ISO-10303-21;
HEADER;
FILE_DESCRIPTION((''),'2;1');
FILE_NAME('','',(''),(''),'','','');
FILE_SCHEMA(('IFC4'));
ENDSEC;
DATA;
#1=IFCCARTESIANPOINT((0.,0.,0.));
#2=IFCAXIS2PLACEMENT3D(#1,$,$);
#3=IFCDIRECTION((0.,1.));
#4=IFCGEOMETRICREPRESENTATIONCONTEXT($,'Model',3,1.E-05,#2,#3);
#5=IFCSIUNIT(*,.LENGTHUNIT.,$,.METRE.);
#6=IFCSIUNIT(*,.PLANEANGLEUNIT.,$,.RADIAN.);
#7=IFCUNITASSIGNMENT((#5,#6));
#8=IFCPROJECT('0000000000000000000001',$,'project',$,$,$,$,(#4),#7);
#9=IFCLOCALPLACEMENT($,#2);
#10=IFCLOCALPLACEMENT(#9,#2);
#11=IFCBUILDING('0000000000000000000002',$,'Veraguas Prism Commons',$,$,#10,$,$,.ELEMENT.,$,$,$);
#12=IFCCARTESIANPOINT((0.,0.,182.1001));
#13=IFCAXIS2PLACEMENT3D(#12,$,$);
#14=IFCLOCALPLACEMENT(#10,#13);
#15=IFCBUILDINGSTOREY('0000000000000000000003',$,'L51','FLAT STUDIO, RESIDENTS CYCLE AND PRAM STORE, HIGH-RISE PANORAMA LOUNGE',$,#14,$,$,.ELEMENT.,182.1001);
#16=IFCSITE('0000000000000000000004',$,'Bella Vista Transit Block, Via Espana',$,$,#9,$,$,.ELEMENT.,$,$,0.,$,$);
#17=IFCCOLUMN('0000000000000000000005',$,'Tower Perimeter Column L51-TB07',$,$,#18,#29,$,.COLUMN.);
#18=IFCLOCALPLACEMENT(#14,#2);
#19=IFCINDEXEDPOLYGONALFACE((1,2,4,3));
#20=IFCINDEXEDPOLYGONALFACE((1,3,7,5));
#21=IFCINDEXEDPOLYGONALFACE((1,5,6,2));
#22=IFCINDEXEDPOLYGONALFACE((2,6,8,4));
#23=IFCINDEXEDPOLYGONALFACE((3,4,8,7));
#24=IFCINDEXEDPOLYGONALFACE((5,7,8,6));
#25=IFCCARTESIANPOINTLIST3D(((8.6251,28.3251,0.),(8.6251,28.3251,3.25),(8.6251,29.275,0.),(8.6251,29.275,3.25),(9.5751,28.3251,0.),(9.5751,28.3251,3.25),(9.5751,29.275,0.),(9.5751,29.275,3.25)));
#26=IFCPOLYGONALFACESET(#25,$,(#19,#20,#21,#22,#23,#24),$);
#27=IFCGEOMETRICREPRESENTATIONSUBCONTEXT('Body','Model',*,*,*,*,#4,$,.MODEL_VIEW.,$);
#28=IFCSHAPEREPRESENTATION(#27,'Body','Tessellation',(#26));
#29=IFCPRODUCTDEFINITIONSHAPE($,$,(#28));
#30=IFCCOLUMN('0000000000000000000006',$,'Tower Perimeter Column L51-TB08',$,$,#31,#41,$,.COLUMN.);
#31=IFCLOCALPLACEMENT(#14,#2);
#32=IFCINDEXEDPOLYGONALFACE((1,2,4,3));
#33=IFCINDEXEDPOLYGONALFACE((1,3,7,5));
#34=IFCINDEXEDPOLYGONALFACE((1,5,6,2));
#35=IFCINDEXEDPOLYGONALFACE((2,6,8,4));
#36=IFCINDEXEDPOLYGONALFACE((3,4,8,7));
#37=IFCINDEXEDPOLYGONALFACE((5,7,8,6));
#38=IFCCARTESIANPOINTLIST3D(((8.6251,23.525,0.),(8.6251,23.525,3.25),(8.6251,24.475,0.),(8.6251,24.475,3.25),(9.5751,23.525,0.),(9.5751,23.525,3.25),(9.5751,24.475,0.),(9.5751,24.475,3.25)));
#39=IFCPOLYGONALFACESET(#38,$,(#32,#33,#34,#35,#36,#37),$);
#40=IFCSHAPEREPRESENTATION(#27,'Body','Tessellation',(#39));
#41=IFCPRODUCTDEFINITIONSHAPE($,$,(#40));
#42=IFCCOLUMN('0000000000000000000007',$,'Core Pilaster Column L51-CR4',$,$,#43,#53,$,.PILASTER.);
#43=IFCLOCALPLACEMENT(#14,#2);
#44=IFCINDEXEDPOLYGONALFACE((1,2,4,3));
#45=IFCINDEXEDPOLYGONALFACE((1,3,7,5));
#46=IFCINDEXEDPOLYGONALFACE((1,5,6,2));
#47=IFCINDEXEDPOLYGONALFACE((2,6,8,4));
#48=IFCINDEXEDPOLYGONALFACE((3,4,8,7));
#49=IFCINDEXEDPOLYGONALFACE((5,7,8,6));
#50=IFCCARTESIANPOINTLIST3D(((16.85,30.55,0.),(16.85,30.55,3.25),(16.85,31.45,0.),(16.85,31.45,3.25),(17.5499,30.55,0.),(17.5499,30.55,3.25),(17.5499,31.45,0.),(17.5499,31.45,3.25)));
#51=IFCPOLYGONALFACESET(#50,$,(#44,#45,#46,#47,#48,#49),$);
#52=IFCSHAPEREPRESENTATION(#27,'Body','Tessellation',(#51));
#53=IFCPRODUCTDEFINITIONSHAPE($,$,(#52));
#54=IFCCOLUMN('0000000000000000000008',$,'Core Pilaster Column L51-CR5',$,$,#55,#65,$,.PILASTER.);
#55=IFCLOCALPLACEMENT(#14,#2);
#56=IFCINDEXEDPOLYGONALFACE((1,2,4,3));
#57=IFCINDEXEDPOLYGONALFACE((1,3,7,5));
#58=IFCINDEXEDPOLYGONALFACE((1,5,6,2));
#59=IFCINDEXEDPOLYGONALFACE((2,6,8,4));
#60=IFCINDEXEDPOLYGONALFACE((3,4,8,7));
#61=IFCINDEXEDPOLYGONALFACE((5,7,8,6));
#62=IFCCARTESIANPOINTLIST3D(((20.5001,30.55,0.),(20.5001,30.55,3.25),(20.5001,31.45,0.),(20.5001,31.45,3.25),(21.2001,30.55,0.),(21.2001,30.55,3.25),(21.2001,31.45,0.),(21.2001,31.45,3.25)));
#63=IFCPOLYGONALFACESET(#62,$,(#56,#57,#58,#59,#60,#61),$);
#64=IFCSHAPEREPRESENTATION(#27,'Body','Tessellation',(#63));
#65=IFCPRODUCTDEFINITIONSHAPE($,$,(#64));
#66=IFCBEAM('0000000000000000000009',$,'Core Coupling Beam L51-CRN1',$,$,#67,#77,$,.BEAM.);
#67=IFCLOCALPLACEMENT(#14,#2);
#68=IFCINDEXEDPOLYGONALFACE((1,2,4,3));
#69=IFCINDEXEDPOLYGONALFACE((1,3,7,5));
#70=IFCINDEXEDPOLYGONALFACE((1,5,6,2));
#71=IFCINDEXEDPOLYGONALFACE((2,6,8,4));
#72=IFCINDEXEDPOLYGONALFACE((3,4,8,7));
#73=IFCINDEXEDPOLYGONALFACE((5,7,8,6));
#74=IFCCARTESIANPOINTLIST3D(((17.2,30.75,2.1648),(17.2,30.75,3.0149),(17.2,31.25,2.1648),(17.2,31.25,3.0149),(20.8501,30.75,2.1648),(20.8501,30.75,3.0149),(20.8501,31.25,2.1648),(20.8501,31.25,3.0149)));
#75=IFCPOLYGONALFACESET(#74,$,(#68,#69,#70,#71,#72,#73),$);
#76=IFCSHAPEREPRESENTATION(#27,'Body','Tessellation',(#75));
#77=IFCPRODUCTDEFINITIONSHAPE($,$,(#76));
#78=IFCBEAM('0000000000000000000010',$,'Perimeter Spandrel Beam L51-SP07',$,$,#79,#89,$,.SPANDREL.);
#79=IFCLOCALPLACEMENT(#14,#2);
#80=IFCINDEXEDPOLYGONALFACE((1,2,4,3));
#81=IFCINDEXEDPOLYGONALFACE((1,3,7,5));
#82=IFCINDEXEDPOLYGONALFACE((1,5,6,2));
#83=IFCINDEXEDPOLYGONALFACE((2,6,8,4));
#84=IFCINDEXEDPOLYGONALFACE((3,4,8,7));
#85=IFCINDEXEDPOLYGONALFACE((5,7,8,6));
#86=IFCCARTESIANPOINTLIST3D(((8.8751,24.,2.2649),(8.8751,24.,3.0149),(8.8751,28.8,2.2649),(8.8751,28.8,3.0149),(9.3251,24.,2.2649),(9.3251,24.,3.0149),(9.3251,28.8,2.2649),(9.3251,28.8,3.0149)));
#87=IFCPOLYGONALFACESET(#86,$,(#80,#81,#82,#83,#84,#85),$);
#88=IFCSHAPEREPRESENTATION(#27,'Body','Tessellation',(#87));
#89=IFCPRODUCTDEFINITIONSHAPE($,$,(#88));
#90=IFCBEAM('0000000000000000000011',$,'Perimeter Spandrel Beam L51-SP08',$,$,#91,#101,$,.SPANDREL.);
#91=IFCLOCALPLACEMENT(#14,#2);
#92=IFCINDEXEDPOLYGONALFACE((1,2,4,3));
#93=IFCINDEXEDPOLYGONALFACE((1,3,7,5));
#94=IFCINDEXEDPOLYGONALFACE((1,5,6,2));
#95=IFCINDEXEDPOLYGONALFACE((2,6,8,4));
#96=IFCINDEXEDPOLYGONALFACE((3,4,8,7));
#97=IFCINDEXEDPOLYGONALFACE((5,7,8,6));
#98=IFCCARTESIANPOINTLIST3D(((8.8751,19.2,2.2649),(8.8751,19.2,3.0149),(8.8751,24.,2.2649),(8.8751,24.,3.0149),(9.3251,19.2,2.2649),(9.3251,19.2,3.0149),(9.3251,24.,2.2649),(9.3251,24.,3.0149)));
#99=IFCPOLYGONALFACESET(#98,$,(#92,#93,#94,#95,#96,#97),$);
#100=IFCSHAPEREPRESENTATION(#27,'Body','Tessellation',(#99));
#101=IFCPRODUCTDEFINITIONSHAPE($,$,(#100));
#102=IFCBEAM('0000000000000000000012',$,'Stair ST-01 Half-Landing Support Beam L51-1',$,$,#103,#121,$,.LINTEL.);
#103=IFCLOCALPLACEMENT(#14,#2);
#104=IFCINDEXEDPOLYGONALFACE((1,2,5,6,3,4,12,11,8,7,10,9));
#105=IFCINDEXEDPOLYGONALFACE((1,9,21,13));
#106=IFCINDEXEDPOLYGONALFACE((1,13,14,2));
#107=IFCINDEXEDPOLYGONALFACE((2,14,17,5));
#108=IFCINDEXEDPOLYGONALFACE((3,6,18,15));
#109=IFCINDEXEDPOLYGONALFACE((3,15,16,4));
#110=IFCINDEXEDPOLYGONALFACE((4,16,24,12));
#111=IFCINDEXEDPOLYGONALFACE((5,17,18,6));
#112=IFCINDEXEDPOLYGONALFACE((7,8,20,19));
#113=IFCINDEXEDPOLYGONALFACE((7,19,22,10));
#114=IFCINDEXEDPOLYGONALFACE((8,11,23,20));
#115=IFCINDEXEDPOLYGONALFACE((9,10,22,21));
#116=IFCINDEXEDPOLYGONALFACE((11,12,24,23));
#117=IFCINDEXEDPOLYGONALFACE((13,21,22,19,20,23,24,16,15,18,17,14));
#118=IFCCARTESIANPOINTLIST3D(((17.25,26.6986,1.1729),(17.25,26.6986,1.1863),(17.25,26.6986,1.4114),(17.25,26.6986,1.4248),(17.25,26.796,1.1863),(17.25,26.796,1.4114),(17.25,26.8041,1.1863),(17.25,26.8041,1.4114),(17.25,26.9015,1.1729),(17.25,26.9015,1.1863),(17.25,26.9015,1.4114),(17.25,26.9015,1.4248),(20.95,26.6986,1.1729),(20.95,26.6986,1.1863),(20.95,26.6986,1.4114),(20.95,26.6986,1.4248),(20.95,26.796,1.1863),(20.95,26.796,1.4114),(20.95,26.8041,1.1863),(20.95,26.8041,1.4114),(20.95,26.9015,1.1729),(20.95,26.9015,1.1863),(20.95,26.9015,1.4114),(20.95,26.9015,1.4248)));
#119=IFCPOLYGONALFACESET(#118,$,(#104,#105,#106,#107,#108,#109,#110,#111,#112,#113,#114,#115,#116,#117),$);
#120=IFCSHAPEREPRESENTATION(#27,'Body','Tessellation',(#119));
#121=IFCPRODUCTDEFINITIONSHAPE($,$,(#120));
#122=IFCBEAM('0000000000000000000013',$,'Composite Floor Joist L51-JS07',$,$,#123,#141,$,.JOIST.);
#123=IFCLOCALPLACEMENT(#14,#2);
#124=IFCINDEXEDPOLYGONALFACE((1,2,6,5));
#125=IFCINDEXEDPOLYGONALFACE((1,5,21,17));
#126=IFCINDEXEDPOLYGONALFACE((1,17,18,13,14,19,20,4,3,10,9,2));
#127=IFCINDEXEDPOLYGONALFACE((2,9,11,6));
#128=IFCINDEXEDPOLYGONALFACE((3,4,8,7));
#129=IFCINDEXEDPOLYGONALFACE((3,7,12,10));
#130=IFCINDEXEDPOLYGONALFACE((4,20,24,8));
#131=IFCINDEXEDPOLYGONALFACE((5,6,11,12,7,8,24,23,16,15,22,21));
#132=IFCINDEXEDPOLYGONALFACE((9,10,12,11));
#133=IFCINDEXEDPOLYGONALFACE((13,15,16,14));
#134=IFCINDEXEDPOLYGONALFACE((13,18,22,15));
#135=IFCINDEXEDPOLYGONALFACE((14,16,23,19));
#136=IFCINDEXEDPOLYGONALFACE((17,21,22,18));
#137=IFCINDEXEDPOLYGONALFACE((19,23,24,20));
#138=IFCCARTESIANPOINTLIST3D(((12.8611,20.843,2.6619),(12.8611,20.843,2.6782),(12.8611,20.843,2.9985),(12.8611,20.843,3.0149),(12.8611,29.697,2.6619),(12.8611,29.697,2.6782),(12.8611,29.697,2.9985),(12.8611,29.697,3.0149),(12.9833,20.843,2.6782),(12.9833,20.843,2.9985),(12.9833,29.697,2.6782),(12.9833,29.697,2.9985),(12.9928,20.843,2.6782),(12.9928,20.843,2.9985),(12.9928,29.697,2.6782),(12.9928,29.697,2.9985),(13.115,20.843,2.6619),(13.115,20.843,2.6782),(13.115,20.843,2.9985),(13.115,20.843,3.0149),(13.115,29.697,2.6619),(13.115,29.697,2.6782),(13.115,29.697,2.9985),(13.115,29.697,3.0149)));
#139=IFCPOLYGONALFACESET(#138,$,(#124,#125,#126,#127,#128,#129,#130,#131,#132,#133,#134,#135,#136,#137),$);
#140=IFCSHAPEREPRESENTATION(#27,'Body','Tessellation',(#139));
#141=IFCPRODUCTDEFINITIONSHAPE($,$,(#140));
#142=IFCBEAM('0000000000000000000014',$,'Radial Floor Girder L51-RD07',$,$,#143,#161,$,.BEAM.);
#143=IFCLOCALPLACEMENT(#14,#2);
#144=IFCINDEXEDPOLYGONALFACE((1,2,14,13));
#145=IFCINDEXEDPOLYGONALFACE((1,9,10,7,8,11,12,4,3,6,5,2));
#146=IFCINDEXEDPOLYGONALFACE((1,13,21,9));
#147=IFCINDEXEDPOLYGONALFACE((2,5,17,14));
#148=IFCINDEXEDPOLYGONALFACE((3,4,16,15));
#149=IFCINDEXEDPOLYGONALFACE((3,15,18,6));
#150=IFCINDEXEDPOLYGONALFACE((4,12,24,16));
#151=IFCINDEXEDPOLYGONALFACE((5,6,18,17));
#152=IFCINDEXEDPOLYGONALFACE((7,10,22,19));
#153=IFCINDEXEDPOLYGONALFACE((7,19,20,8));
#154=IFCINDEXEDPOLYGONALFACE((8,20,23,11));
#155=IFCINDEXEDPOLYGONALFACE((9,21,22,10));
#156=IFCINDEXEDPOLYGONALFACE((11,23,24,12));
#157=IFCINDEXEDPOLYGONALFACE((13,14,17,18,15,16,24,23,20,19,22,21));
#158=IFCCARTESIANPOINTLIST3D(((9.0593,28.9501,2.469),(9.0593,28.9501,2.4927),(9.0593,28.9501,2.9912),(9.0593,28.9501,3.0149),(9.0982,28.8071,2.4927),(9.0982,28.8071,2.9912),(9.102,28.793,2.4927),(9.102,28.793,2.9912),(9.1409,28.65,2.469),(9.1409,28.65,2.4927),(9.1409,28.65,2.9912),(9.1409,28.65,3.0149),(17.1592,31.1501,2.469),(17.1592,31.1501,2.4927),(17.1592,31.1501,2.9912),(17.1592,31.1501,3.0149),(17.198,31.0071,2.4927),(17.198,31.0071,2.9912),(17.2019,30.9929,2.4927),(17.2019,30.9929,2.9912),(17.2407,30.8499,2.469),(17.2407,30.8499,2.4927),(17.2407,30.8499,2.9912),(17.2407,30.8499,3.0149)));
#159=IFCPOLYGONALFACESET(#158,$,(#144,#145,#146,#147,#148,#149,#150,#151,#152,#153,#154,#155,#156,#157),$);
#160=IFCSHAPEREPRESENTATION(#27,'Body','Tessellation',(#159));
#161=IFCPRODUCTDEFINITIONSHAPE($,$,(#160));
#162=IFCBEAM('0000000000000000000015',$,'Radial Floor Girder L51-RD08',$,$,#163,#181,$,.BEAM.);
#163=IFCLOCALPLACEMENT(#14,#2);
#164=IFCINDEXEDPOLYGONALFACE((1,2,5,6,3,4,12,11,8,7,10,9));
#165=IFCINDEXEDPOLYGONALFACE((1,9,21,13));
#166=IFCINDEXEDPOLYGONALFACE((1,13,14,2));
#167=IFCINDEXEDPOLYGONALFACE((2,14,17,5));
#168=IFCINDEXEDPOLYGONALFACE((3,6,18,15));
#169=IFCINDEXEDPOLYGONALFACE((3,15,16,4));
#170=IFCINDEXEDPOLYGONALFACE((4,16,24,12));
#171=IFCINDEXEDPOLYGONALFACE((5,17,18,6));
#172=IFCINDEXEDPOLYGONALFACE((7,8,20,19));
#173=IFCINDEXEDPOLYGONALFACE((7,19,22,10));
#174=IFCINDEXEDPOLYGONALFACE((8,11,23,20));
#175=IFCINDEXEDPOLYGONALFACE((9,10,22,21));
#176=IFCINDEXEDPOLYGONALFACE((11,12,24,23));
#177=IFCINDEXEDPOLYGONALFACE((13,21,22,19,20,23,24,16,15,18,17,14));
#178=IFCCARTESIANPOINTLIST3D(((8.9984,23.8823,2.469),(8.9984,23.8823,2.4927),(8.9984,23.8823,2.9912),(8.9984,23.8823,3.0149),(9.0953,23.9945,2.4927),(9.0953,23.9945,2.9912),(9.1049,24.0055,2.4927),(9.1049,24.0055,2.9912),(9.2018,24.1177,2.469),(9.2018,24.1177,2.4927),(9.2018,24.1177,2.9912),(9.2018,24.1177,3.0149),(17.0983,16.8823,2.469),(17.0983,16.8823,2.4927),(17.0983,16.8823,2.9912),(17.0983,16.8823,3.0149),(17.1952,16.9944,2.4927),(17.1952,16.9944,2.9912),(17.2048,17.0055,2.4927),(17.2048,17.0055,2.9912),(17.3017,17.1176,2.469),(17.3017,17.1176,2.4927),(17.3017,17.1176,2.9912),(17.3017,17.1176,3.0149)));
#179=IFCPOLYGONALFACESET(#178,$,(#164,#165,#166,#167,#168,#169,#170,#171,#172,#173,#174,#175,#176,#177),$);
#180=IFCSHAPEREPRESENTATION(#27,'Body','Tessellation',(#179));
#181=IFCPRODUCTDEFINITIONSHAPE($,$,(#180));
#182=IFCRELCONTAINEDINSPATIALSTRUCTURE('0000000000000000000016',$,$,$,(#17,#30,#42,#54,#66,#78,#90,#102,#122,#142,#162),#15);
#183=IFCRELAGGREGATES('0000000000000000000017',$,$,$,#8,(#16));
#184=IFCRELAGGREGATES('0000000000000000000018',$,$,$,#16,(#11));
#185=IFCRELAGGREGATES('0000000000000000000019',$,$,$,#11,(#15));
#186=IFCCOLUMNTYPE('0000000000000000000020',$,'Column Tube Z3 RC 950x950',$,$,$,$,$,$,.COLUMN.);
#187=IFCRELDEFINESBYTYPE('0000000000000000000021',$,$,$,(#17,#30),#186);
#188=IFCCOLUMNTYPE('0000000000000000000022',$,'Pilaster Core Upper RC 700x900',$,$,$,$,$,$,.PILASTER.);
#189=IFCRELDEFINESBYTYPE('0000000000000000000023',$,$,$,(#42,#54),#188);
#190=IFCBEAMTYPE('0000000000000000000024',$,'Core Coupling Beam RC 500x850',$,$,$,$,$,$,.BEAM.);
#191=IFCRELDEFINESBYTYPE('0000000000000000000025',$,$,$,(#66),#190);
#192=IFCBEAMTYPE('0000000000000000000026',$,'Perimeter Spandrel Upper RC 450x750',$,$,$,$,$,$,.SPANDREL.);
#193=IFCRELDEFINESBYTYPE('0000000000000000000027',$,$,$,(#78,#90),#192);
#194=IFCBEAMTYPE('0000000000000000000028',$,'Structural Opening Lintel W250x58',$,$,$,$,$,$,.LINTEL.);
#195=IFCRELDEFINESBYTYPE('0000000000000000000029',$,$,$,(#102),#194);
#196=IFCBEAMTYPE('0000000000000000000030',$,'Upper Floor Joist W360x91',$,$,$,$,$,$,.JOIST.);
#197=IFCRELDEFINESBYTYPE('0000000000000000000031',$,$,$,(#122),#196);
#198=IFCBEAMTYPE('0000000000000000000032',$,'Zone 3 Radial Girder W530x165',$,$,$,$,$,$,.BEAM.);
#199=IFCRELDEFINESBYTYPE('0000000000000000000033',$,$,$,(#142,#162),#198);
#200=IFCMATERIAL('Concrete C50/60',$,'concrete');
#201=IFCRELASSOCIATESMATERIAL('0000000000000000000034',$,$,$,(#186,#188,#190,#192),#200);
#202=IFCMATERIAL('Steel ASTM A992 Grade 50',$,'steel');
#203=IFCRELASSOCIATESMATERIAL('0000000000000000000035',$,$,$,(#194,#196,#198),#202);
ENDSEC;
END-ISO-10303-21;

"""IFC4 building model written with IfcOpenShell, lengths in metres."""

from ifc_helpers import new_model, si_unit, direction, frame, origin, origin_2d, place, context, subcontext, project, spatial, rectangle, i_section, extrude, material, material_profile, profile_set, type_object, element, save


model = new_model("IFC4")

# Units and contexts
model_context = context("Model", 3, precision=1e-05, world=origin(), true_north=direction((0.0, 1.0)))
body_context = subcontext(model_context, "Body", "Model", "MODEL_VIEW")
ifc_project = project(units=[si_unit("LENGTHUNIT", "METRE"), si_unit("PLANEANGLEUNIT", "RADIAN")], contexts=[model_context])

# Site, building, storey
site_placement = place(None, origin())
site = spatial("IfcSite", under=ifc_project, at=site_placement, Name="Bella Vista Transit Block, Via Espana", CompositionType="ELEMENT", RefElevation=0.0)
building_placement = place(site_placement, origin())
building = spatial("IfcBuilding", under=site, at=building_placement, Name="Veraguas Prism Commons", CompositionType="ELEMENT")
storey_placement = place(building_placement, frame((0.0, 0.0, 182.1001)))
storey = spatial("IfcBuildingStorey", under=building, at=storey_placement, Name="L51", Description="FLAT STUDIO, RESIDENTS CYCLE AND PRAM STORE, HIGH-RISE PANORAMA LOUNGE", CompositionType="ELEMENT", Elevation=182.1001)

# Columns
ifc_material_1 = material(Name="Concrete C50/60", Category="concrete")
ifc_material_profile_1 = material_profile(ifc_material_1, rectangle(XDim=0.95, YDim=0.95, at=origin_2d()), Name="RC950X950")
ifc_profile_set_1 = profile_set([ifc_material_profile_1], Name="Concrete C50/60")
column_type_1 = type_object("IfcColumnType", Name="Column Tube Z3 RC 950x950", PredefinedType="COLUMN", material=ifc_profile_set_1)
for number, where, z_axis, x_axis, name in (
    (1, (9.1001, 28.8, 0.0), (0.0, 0.0, 1.0), (1.0, 0.0, 0.0), "Tower Perimeter Column L51-TB07"),
    (2, (9.1001, 24.0, 0.0), (0.0, 0.0, 1.0), (1.0, 0.0, 0.0), "Tower Perimeter Column L51-TB08"),
):
    element("IfcColumn", number, at=place(storey_placement, frame(where, z_axis=z_axis, x_axis=x_axis)), inside=storey, type_object=column_type_1, Name=name, PredefinedType="COLUMN", context=body_context, shape_type="SweptSolid", body=[
        extrude(rectangle(XDim=0.95, YDim=0.95, at=origin_2d()), origin(), (0.0, 0.0, 1.0), 3.25),
    ])
ifc_material_profile_2 = material_profile(ifc_material_1, rectangle(XDim=0.7, YDim=0.8999, at=origin_2d()), Name="RC700X900")
ifc_profile_set_2 = profile_set([ifc_material_profile_2], Name="Concrete C50/60")
column_type_2 = type_object("IfcColumnType", Name="Pilaster Core Upper RC 700x900", PredefinedType="PILASTER", material=ifc_profile_set_2)
for number, where, z_axis, x_axis, name in (
    (3, (17.2, 31.0, 0.0), (0.0, 0.0, 1.0), (1.0, 0.0, 0.0), "Core Pilaster Column L51-CR4"),
    (4, (20.8501, 31.0, 0.0), (0.0, 0.0, 1.0), (1.0, 0.0, 0.0), "Core Pilaster Column L51-CR5"),
):
    element("IfcColumn", number, at=place(storey_placement, frame(where, z_axis=z_axis, x_axis=x_axis)), inside=storey, type_object=column_type_2, Name=name, PredefinedType="PILASTER", context=body_context, shape_type="SweptSolid", body=[
        extrude(rectangle(XDim=0.7, YDim=0.8999, at=origin_2d()), origin(), (0.0, 0.0, 1.0), 3.25),
    ])

# Beams
ifc_material_profile_3 = material_profile(ifc_material_1, rectangle(XDim=0.5, YDim=0.8501, at=origin_2d()), Name="RC500X850")
ifc_profile_set_3 = profile_set([ifc_material_profile_3], Name="Concrete C50/60")
beam_type_1 = type_object("IfcBeamType", Name="Core Coupling Beam RC 500x850", PredefinedType="BEAM", material=ifc_profile_set_3)
beam_1_placement = place(storey_placement, frame((17.2, 31.0, 2.5898), z_axis=(1.0, 0.0, 0.0), x_axis=(0.0, 1.0, 0.0)))
element("IfcBeam", 5, at=beam_1_placement, inside=storey, type_object=beam_type_1, Name="Core Coupling Beam L51-CRN1", PredefinedType="BEAM", context=body_context, shape_type="SweptSolid", body=[
    extrude(rectangle(XDim=0.5, YDim=0.8501, at=origin_2d()), origin(), (0.0, 0.0, 1.0), 3.6501),
])
ifc_material_profile_4 = material_profile(ifc_material_1, rectangle(XDim=0.45, YDim=0.75, at=origin_2d()), Name="RC450X750")
ifc_profile_set_4 = profile_set([ifc_material_profile_4], Name="Concrete C50/60")
beam_type_2 = type_object("IfcBeamType", Name="Perimeter Spandrel Upper RC 450x750", PredefinedType="SPANDREL", material=ifc_profile_set_4)
for number, where, z_axis, x_axis, name in (
    (6, (9.1001, 28.8, 2.6399), (0.0, -1.0, 0.0), (1.0, 0.0, 0.0), "Perimeter Spandrel Beam L51-SP07"),
    (7, (9.1001, 24.0, 2.6399), (0.0, -1.0, 0.0), (1.0, 0.0, 0.0), "Perimeter Spandrel Beam L51-SP08"),
):
    element("IfcBeam", number, at=place(storey_placement, frame(where, z_axis=z_axis, x_axis=x_axis)), inside=storey, type_object=beam_type_2, Name=name, PredefinedType="SPANDREL", context=body_context, shape_type="SweptSolid", body=[
        extrude(rectangle(XDim=0.45, YDim=0.75, at=origin_2d()), origin(), (0.0, 0.0, 1.0), 4.8),
    ])
ifc_material_2 = material(Name="Steel ASTM A992 Grade 50", Category="steel")
ifc_material_profile_5 = material_profile(ifc_material_2, i_section(OverallWidth=0.2029, OverallDepth=0.252, WebThickness=0.0081, FlangeThickness=0.0134, at=origin_2d()), Name="W250X58")
ifc_profile_set_5 = profile_set([ifc_material_profile_5], Name="Steel ASTM A992 Grade 50")
beam_type_3 = type_object("IfcBeamType", Name="Structural Opening Lintel W250x58", PredefinedType="LINTEL", material=ifc_profile_set_5)
beam_2_placement = place(storey_placement, frame((17.25, 26.8, 1.2988), z_axis=(1.0, 0.0, 0.0), x_axis=(0.0, 1.0, 0.0)))
element("IfcBeam", 8, at=beam_2_placement, inside=storey, type_object=beam_type_3, Name="Stair ST-01 Half-Landing Support Beam L51-1", PredefinedType="LINTEL", context=body_context, shape_type="SweptSolid", body=[
    extrude(i_section(OverallWidth=0.2029, OverallDepth=0.252, WebThickness=0.0081, FlangeThickness=0.0134, at=origin_2d()), origin(), (0.0, 0.0, 1.0), 3.7),
])
ifc_material_profile_6 = material_profile(ifc_material_2, i_section(OverallWidth=0.2539, OverallDepth=0.353, WebThickness=0.0095, FlangeThickness=0.0164, at=origin_2d()), Name="W360X91")
ifc_profile_set_6 = profile_set([ifc_material_profile_6], Name="Steel ASTM A992 Grade 50")
beam_type_4 = type_object("IfcBeamType", Name="Upper Floor Joist W360x91", PredefinedType="JOIST", material=ifc_profile_set_6)
beam_3_placement = place(storey_placement, frame((12.988, 29.697, 2.8384), z_axis=(0.0, -1.0, 0.0), x_axis=(1.0, 0.0, 0.0)))
element("IfcBeam", 9, at=beam_3_placement, inside=storey, type_object=beam_type_4, Name="Composite Floor Joist L51-JS07", PredefinedType="JOIST", context=body_context, shape_type="SweptSolid", body=[
    extrude(i_section(OverallWidth=0.2539, OverallDepth=0.353, WebThickness=0.0095, FlangeThickness=0.0164, at=origin_2d()), origin(), (0.0, 0.0, 1.0), 8.854),
])
ifc_material_profile_7 = material_profile(ifc_material_2, i_section(OverallWidth=0.311, OverallDepth=0.5459, WebThickness=0.0146, FlangeThickness=0.0237, at=origin_2d()), Name="W530X165")
ifc_profile_set_7 = profile_set([ifc_material_profile_7], Name="Steel ASTM A992 Grade 50")
beam_type_5 = type_object("IfcBeamType", Name="Zone 3 Radial Girder W530x165", PredefinedType="BEAM", material=ifc_profile_set_7)
beam_4_placement = place(storey_placement, frame((9.1001, 28.8, 2.7419), z_axis=(0.965039, 0.262108, 0.0), x_axis=(-0.262108, 0.965039, 0.0)))
element("IfcBeam", 10, at=beam_4_placement, inside=storey, type_object=beam_type_5, Name="Radial Floor Girder L51-RD07", PredefinedType="BEAM", context=body_context, shape_type="SweptSolid", body=[
    extrude(i_section(OverallWidth=0.311, OverallDepth=0.5459, WebThickness=0.0146, FlangeThickness=0.0237, at=origin_2d()), origin(), (0.0, 0.0, 1.0), 8.3933),
])
beam_5_placement = place(storey_placement, frame((9.1001, 24.0, 2.7419), z_axis=(0.756607, -0.65387, 0.0), x_axis=(0.65387, 0.756607, 0.0)))
element("IfcBeam", 11, at=beam_5_placement, inside=storey, type_object=beam_type_5, Name="Radial Floor Girder L51-RD08", PredefinedType="BEAM", context=body_context, shape_type="SweptSolid", body=[
    extrude(i_section(OverallWidth=0.311, OverallDepth=0.5459, WebThickness=0.0146, FlangeThickness=0.0237, at=origin_2d()), origin(), (0.0, 0.0, 1.0), 10.7056),
])

save(model, "model.ifc")
